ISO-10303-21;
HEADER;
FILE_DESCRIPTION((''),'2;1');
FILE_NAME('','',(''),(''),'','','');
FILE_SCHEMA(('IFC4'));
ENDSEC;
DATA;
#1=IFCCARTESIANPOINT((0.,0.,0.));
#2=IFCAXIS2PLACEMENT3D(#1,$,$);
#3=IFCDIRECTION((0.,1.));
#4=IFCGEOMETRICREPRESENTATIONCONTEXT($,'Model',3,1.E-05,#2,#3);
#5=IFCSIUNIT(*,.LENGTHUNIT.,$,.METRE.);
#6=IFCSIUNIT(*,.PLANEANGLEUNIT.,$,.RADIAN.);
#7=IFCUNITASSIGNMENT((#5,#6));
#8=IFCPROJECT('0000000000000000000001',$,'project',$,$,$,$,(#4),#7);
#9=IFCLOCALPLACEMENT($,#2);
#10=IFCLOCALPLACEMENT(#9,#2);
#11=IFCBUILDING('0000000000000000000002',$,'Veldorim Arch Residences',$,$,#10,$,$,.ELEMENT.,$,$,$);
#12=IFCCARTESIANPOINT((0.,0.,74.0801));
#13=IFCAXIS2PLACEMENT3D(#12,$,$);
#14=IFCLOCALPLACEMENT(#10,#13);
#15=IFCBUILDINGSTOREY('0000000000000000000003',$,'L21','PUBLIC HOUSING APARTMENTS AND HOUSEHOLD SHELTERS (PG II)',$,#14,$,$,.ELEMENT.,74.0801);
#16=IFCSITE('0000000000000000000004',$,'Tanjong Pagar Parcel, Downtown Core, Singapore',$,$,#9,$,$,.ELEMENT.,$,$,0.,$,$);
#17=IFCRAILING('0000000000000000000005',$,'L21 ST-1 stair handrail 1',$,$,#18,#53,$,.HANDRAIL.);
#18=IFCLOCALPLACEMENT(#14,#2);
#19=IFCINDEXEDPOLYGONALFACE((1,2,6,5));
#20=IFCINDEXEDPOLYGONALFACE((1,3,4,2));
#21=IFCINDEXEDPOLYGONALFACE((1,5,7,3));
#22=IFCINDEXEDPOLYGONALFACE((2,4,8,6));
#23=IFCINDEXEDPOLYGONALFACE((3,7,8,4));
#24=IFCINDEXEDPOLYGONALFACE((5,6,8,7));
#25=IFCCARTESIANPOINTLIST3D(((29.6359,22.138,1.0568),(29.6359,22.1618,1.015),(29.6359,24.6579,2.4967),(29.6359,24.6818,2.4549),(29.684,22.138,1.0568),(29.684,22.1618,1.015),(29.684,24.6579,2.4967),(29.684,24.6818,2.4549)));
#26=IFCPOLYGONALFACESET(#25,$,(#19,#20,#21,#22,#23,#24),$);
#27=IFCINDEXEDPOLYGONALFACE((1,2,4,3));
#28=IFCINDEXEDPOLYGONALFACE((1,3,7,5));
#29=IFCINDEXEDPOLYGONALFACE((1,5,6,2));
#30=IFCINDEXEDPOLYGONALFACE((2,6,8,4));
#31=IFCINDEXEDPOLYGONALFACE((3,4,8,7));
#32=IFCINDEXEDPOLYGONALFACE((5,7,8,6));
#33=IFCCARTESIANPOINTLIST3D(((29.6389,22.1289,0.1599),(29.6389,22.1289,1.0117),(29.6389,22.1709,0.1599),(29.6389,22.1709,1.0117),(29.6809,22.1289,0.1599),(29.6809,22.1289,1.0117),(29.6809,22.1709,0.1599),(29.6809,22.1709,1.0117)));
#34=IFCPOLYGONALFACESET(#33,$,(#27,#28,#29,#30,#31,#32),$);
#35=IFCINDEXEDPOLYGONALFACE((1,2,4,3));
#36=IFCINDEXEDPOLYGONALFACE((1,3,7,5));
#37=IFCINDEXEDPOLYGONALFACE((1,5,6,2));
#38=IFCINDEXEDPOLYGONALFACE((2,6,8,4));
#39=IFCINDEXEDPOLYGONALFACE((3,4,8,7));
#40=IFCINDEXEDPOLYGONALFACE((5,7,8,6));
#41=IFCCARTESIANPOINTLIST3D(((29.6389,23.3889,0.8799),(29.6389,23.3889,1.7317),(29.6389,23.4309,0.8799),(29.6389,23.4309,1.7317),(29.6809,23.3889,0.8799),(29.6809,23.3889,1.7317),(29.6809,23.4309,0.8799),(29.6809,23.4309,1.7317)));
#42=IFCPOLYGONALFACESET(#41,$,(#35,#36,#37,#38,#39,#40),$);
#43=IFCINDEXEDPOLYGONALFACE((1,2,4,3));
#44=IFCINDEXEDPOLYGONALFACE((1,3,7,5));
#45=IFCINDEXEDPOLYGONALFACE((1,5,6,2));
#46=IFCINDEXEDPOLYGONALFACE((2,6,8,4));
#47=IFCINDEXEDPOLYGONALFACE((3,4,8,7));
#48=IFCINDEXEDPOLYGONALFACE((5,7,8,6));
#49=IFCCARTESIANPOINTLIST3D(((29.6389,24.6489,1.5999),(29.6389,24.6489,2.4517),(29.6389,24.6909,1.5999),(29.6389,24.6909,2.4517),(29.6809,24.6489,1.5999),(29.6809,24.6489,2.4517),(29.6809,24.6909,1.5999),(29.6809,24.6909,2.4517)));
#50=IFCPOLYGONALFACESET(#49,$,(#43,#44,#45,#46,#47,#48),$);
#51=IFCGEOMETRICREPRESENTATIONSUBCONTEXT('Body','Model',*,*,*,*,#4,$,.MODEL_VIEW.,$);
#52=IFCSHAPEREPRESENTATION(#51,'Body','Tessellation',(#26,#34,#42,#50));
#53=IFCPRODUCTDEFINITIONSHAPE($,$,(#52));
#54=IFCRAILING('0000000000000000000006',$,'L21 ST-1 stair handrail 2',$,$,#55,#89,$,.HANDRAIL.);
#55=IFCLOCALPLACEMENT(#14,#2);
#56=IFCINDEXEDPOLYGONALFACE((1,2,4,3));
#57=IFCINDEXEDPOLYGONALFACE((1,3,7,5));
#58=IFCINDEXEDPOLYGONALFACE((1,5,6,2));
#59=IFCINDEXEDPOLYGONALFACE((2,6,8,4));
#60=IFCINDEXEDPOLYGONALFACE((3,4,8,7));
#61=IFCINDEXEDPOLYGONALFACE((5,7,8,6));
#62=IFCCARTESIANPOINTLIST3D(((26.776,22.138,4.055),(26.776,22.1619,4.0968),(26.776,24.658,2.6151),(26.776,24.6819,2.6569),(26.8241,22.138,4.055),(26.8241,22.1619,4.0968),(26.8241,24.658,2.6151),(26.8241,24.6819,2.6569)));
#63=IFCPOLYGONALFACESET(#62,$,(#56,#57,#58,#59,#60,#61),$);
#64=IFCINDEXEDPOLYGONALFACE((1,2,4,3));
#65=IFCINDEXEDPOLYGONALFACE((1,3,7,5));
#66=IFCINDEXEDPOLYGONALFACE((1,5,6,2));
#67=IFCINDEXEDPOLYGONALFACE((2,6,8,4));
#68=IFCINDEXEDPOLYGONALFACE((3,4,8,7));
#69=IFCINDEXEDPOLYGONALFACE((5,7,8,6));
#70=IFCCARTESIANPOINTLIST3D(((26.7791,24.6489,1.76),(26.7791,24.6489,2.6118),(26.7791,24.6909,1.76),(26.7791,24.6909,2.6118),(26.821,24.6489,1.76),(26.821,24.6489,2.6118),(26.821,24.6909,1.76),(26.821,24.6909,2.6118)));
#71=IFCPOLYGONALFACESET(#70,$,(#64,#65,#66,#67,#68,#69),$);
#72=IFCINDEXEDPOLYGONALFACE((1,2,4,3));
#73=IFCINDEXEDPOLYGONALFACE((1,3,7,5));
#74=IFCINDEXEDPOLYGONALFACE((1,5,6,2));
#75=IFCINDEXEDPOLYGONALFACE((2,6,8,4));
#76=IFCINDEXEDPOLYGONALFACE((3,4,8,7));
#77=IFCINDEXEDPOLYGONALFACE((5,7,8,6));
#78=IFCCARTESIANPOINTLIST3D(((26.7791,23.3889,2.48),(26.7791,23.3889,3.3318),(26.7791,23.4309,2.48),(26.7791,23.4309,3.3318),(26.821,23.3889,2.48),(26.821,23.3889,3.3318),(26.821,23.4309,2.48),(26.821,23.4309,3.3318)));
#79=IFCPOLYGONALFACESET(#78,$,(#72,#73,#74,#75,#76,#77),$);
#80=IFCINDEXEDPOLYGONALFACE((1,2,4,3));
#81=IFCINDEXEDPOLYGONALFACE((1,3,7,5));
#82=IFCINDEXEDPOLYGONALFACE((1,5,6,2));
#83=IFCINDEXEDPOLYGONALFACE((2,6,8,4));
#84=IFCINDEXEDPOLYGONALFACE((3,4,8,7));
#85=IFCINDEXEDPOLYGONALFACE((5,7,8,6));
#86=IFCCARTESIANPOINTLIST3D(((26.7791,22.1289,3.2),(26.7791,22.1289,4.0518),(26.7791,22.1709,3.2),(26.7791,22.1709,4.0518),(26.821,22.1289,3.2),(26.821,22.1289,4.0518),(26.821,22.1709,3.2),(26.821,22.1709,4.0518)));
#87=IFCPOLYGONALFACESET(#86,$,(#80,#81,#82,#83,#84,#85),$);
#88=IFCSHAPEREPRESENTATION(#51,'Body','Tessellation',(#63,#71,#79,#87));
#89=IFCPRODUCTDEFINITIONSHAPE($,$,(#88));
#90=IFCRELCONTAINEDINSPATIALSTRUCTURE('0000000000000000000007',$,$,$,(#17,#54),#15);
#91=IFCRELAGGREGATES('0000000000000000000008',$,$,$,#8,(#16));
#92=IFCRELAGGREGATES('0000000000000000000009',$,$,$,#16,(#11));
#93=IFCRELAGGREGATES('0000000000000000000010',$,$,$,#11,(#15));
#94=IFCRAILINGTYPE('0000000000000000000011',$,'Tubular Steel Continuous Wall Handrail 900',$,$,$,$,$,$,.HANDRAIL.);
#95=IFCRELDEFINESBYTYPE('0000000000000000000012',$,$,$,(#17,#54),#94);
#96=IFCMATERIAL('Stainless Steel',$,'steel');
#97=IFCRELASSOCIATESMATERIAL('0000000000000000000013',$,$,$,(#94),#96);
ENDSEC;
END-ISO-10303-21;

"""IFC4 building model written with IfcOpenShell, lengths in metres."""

from ifc_helpers import new_model, si_unit, direction, frame, origin, origin_2d, place, context, subcontext, project, spatial, rectangle, extrude, material, type_object, element, save


model = new_model("IFC4")

# Units and contexts
model_context = context("Model", 3, precision=1e-05, world=origin(), true_north=direction((0.0, 1.0)))
body_context = subcontext(model_context, "Body", "Model", "MODEL_VIEW")
ifc_project = project(units=[si_unit("LENGTHUNIT", "METRE"), si_unit("PLANEANGLEUNIT", "RADIAN")], contexts=[model_context])

# Site, building, storey
site_placement = place(None, origin())
site = spatial("IfcSite", under=ifc_project, at=site_placement, Name="Tanjong Pagar Parcel, Downtown Core, Singapore", CompositionType="ELEMENT", RefElevation=0.0)
building_placement = place(site_placement, origin())
building = spatial("IfcBuilding", under=site, at=building_placement, Name="Veldorim Arch Residences", CompositionType="ELEMENT")
storey_placement = place(building_placement, frame((0.0, 0.0, 74.0801)))
storey = spatial("IfcBuildingStorey", under=building, at=storey_placement, Name="L21", Description="PUBLIC HOUSING APARTMENTS AND HOUSEHOLD SHELTERS (PG II)", CompositionType="ELEMENT", Elevation=74.0801)

# Railings
ifc_material_1 = material(Name="Stainless Steel", Category="steel")
railing_type_1 = type_object("IfcRailingType", Name="Tubular Steel Continuous Wall Handrail 900", PredefinedType="HANDRAIL", material=ifc_material_1)
railing_1_placement = place(storey_placement, frame((29.6599, 22.1499, 0.1599)))
element("IfcRailing", 1, at=railing_1_placement, inside=storey, type_object=railing_type_1, Name="L21 ST-1 stair handrail 1", PredefinedType="HANDRAIL", context=body_context, shape_type="SweptSolid", body=[
    extrude(rectangle(XDim=0.0481, YDim=0.0481, at=origin_2d()), frame((0.0, 0.0, 0.876), z_axis=(0.0, 0.868253, 0.496121), x_axis=(-1.0, 0.0, 0.0)), (0.0, 0.0, 1.0), 2.9023),
    extrude(rectangle(XDim=0.042, YDim=0.042, at=origin_2d()), origin(), (0.0, 0.0, 1.0), 0.8518),
    extrude(rectangle(XDim=0.042, YDim=0.042, at=origin_2d()), frame((0.0, 1.26, 0.72)), (0.0, 0.0, 1.0), 0.8518),
    extrude(rectangle(XDim=0.042, YDim=0.042, at=origin_2d()), frame((0.0, 2.52, 1.4399)), (0.0, 0.0, 1.0), 0.8518),
])
railing_2_placement = place(storey_placement, frame((26.8, 24.6699, 1.76)))
element("IfcRailing", 2, at=railing_2_placement, inside=storey, type_object=railing_type_1, Name="L21 ST-1 stair handrail 2", PredefinedType="HANDRAIL", context=body_context, shape_type="SweptSolid", body=[
    extrude(rectangle(XDim=0.0481, YDim=0.0481, at=origin_2d()), frame((0.0, 0.0, 0.876), z_axis=(0.0, -0.868253, 0.496121), x_axis=(1.0, 0.0, 0.0)), (0.0, 0.0, 1.0), 2.9023),
    extrude(rectangle(XDim=0.042, YDim=0.042, at=origin_2d()), origin(), (0.0, 0.0, 1.0), 0.8518),
    extrude(rectangle(XDim=0.042, YDim=0.042, at=origin_2d()), frame((0.0, -1.26, 0.72)), (0.0, 0.0, 1.0), 0.8518),
    extrude(rectangle(XDim=0.042, YDim=0.042, at=origin_2d()), frame((0.0, -2.52, 1.4399)), (0.0, 0.0, 1.0), 0.8518),
])

save(model, "model.ifc")
